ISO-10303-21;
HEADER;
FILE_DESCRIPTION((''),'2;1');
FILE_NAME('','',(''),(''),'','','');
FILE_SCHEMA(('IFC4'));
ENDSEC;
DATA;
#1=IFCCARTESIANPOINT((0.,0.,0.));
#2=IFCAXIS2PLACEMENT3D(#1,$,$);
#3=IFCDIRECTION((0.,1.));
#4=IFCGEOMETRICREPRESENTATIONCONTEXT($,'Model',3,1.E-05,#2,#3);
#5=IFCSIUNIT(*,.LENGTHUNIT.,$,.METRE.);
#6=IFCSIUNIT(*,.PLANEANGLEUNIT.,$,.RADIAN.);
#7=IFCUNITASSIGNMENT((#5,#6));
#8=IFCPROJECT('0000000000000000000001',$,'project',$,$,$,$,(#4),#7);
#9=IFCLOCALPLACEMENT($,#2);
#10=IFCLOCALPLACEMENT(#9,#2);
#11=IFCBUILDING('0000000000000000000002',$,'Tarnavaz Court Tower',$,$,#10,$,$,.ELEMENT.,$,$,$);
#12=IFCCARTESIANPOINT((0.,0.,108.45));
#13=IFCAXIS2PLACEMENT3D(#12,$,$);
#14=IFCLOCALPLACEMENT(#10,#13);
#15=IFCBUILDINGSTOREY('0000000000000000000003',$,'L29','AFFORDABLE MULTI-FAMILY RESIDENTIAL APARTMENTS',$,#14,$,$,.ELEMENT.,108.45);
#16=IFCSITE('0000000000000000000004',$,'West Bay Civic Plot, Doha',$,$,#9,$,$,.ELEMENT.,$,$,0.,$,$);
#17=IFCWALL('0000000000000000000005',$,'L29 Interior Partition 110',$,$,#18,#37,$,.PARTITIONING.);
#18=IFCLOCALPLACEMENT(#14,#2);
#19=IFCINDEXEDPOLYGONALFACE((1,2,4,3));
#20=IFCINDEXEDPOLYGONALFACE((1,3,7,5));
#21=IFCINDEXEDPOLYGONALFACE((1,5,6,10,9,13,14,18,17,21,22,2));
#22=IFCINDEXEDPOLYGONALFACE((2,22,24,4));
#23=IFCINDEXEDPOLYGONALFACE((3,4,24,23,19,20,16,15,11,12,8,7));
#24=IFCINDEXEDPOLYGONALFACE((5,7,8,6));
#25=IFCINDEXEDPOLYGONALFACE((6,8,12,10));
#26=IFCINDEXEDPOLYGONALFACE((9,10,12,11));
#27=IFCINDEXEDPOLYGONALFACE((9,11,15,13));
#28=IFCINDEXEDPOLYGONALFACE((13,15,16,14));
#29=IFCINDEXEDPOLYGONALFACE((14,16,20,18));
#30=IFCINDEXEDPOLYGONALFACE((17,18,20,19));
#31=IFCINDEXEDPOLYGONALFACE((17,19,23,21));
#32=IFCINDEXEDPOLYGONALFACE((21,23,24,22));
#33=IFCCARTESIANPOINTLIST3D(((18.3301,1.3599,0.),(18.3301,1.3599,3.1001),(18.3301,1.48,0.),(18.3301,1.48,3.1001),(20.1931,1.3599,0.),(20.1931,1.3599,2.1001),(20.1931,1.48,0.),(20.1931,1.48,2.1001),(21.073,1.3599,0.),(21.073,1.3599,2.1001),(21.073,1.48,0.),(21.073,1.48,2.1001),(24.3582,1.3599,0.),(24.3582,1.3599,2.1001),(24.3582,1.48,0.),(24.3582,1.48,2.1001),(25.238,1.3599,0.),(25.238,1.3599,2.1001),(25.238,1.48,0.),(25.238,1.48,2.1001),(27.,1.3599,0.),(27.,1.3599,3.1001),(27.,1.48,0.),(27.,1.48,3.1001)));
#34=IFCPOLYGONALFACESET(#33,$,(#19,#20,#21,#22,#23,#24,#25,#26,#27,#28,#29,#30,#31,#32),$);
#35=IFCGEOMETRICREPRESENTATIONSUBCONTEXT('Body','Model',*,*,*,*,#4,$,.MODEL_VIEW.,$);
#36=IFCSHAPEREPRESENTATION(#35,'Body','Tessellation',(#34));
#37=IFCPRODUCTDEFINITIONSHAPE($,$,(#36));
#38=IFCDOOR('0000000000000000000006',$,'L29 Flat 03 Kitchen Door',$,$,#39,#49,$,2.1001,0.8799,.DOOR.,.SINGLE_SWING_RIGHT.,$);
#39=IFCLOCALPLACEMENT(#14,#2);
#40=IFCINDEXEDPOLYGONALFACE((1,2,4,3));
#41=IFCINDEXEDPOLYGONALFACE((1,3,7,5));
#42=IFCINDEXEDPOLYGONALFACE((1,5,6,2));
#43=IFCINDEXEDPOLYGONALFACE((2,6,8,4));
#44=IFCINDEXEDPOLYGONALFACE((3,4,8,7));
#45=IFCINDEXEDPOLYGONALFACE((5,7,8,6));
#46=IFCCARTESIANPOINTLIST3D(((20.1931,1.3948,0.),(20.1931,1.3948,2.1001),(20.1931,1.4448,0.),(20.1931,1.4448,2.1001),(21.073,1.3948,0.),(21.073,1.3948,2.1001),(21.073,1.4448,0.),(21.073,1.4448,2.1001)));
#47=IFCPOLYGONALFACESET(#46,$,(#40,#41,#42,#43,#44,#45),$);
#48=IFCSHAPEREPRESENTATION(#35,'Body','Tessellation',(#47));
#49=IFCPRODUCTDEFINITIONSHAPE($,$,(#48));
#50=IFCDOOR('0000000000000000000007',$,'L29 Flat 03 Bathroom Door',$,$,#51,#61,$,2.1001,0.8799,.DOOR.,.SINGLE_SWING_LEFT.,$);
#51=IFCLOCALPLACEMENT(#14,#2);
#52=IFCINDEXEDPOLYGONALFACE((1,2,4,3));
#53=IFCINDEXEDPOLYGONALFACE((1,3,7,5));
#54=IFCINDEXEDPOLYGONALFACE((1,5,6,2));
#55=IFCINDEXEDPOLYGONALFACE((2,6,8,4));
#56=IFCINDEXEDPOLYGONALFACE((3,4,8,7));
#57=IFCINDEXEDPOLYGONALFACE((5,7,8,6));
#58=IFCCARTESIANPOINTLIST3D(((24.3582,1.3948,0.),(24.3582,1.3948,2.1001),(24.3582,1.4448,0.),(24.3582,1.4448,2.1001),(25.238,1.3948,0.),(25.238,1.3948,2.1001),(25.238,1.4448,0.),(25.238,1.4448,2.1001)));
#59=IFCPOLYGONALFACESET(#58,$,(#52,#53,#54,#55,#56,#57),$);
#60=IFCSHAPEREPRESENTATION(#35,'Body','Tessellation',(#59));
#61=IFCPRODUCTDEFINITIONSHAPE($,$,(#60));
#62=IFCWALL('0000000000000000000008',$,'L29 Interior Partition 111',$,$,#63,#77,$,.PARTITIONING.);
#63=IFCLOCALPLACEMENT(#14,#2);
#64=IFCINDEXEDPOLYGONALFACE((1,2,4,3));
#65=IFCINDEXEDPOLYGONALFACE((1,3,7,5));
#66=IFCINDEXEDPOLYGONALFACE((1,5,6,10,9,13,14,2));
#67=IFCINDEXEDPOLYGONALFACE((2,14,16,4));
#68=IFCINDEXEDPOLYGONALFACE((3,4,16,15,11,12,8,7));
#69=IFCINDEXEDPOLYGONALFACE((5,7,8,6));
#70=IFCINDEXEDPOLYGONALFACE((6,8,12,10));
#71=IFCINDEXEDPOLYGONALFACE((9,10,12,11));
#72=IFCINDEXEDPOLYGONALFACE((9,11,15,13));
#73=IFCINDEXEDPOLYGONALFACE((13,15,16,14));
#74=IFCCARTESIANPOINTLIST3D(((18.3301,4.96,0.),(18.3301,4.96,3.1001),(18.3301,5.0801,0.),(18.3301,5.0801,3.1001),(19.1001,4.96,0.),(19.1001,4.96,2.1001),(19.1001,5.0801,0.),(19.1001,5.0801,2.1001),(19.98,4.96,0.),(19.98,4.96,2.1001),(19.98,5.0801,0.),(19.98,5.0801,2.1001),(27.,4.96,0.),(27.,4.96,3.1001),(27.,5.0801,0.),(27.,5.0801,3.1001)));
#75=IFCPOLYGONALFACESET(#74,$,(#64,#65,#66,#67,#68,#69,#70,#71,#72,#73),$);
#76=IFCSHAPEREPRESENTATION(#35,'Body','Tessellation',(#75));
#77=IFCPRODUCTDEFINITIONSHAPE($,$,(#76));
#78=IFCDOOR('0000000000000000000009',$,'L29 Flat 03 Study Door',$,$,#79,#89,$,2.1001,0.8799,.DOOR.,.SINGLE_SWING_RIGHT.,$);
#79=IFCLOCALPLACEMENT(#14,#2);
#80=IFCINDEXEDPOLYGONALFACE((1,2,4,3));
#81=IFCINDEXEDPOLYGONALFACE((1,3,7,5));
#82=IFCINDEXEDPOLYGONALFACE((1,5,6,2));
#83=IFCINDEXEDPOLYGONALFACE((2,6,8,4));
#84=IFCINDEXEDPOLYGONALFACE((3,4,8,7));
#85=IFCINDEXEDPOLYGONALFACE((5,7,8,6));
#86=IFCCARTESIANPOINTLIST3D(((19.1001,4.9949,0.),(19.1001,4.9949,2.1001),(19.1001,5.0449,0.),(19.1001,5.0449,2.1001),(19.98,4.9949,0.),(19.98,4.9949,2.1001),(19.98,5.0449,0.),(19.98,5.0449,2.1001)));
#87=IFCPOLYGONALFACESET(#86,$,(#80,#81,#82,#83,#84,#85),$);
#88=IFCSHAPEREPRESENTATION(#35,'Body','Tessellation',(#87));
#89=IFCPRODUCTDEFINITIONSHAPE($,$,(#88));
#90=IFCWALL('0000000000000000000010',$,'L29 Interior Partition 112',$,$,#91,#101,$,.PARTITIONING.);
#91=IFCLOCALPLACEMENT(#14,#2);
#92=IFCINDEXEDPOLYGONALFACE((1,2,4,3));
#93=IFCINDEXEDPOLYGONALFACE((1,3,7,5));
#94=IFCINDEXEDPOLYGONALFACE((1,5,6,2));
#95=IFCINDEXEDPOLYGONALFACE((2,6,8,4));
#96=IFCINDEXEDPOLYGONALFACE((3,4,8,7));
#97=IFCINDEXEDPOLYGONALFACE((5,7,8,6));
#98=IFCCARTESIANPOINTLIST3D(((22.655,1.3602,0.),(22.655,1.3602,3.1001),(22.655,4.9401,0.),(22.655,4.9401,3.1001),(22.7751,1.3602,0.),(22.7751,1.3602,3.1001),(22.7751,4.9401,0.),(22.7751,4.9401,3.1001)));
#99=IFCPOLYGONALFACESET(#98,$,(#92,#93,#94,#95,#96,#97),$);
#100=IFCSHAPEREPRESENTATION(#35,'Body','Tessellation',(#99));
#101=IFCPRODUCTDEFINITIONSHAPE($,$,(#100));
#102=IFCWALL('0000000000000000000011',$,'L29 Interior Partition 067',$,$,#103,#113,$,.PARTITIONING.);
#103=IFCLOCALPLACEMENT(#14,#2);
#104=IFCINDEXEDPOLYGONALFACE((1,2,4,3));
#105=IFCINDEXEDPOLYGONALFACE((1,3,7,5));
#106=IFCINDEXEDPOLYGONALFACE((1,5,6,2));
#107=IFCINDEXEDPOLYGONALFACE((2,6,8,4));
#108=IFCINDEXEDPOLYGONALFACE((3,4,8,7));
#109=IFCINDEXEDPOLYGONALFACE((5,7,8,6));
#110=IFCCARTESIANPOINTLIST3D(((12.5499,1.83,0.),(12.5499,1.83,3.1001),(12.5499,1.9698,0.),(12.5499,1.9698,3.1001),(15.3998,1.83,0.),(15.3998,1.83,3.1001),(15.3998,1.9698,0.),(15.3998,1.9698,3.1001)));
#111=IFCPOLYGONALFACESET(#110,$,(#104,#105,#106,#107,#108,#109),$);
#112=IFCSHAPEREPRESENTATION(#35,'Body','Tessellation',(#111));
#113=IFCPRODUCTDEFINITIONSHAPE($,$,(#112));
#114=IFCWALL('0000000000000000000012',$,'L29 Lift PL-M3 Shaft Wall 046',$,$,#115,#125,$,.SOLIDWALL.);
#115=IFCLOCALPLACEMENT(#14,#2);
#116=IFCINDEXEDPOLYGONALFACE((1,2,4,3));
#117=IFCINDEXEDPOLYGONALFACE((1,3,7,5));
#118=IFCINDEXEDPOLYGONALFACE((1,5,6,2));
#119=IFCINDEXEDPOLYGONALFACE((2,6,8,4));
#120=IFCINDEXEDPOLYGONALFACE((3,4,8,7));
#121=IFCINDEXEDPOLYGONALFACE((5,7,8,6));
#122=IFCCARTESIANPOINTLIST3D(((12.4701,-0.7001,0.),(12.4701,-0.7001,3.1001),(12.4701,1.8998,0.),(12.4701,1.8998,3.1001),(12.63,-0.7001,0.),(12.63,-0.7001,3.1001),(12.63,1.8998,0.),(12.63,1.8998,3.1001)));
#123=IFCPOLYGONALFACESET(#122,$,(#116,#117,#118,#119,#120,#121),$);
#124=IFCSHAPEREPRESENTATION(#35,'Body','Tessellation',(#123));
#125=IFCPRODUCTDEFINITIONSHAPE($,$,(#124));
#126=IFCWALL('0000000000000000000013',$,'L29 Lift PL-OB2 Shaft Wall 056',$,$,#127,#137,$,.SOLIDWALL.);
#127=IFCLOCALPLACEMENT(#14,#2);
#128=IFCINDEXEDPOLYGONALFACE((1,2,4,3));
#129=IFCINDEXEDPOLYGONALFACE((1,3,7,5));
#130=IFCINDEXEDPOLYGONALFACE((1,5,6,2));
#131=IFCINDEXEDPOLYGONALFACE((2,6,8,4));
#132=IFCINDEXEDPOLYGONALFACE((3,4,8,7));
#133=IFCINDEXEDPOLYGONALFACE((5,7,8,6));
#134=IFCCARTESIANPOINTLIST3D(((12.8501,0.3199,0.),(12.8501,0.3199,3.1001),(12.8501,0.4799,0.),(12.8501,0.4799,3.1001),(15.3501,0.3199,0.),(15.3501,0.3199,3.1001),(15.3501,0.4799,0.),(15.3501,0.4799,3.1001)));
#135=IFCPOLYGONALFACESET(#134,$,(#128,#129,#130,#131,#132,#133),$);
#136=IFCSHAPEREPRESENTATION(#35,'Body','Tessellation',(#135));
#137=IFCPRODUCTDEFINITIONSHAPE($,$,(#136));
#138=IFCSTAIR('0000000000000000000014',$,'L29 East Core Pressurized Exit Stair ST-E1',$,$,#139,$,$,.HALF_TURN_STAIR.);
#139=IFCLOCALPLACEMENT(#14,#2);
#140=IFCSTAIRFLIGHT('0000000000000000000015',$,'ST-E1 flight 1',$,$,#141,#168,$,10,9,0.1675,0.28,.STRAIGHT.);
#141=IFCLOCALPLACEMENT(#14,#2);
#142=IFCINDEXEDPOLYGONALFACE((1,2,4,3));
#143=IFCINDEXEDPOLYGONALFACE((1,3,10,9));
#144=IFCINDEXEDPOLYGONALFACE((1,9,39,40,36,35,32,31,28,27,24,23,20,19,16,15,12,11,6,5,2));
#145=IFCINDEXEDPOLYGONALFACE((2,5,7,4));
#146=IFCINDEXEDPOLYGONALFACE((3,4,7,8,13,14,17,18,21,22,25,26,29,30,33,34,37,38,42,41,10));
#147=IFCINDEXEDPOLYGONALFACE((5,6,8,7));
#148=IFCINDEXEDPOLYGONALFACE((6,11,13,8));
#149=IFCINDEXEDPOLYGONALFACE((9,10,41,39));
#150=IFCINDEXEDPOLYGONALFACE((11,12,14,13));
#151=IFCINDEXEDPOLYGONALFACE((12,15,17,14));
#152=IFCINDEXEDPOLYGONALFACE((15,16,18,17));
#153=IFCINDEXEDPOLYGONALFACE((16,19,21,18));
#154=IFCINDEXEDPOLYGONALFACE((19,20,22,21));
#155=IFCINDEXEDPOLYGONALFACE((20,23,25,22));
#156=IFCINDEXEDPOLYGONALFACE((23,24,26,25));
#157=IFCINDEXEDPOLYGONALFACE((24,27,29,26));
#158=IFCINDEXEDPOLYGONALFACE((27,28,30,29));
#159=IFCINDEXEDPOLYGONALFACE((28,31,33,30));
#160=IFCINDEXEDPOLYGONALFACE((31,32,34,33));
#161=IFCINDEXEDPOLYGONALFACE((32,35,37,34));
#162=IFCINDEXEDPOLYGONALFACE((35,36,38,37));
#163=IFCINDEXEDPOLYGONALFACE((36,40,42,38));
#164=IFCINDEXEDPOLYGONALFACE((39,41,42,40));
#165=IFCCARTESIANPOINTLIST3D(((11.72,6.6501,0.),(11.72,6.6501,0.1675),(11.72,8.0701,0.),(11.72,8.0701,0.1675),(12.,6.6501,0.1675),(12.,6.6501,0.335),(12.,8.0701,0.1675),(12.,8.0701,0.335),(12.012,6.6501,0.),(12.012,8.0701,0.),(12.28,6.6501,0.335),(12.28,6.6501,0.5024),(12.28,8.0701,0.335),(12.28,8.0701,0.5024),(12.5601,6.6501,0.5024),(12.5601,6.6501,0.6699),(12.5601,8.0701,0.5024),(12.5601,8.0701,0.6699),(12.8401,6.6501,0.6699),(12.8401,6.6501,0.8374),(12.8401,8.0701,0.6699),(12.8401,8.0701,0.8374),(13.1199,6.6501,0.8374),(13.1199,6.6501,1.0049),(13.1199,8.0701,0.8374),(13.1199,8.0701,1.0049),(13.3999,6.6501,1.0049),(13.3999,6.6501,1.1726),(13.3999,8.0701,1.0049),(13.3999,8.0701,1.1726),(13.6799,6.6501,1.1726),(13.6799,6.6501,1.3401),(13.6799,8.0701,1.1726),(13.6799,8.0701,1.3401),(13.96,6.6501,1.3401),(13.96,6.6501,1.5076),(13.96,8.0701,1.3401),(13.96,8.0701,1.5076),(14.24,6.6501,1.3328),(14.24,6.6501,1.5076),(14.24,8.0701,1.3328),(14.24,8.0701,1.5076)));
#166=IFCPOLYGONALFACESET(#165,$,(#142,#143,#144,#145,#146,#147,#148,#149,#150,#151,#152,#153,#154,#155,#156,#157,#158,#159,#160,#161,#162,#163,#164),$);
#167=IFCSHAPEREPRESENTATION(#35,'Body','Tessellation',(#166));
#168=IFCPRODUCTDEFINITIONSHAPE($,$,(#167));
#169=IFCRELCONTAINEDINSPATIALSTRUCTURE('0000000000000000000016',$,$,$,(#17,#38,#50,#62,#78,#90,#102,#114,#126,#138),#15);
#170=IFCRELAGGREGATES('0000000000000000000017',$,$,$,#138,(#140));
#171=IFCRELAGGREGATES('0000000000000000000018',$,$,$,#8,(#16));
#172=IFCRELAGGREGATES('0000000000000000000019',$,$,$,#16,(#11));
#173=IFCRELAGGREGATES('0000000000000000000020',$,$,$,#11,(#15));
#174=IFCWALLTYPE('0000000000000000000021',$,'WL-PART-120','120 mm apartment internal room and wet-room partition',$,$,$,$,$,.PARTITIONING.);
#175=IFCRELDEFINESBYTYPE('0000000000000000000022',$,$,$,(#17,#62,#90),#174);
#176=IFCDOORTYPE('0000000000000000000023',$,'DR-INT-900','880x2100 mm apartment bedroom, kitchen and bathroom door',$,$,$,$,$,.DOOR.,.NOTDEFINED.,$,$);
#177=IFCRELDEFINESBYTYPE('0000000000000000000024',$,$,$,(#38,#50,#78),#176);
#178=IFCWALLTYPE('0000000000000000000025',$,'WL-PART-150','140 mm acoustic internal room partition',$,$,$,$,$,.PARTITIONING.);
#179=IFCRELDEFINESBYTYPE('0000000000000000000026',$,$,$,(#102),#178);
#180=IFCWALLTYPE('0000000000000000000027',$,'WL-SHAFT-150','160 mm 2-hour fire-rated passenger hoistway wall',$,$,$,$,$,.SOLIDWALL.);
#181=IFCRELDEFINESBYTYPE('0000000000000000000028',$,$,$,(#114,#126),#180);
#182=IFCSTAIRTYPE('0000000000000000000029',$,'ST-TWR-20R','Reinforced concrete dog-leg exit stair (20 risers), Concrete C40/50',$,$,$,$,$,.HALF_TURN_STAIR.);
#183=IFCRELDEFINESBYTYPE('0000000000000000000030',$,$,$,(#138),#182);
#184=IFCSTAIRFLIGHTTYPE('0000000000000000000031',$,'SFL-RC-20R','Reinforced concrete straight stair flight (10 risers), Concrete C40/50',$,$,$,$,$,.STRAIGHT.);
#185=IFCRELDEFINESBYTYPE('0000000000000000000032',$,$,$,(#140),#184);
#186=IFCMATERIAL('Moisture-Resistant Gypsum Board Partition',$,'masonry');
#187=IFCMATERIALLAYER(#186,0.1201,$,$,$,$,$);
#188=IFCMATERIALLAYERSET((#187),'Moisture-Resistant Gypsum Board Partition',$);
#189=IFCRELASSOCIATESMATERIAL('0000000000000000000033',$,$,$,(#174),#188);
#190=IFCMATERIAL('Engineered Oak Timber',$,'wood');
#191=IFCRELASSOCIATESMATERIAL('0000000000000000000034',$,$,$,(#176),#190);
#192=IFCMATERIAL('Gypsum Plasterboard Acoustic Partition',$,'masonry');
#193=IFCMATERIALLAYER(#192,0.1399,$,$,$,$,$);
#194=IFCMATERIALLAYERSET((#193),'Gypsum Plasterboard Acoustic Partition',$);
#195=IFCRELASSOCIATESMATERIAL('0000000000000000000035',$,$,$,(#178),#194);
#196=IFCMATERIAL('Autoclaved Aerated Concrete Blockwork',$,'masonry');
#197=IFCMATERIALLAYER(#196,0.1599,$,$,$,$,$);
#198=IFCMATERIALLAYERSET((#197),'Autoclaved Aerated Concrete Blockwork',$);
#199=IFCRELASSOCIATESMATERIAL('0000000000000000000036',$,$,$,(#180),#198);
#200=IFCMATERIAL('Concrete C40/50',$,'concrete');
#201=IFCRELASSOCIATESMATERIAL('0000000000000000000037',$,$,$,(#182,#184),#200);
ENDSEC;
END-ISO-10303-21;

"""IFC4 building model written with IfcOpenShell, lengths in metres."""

from ifc_helpers import new_model, si_unit, direction, frame, frame_2d, origin, place, context, subcontext, project, spatial, polyline, rectangle, outline, extrude, material, layer, layer_set, type_object, element, fill, aggregate, save


model = new_model("IFC4")

# Units and contexts
model_context = context("Model", 3, precision=1e-05, world=origin(), true_north=direction((0.0, 1.0)))
body_context = subcontext(model_context, "Body", "Model", "MODEL_VIEW")
ifc_project = project(units=[si_unit("LENGTHUNIT", "METRE"), si_unit("PLANEANGLEUNIT", "RADIAN")], contexts=[model_context])

# Site, building, storey
site_placement = place(None, origin())
site = spatial("IfcSite", under=ifc_project, at=site_placement, Name="West Bay Civic Plot, Doha", CompositionType="ELEMENT", RefElevation=0.0)
building_placement = place(site_placement, origin())
building = spatial("IfcBuilding", under=site, at=building_placement, Name="Tarnavaz Court Tower", CompositionType="ELEMENT")
storey_placement = place(building_placement, frame((0.0, 0.0, 108.45)))
storey = spatial("IfcBuildingStorey", under=building, at=storey_placement, Name="L29", Description="AFFORDABLE MULTI-FAMILY RESIDENTIAL APARTMENTS", CompositionType="ELEMENT", Elevation=108.45)

# Wall, openings, doors
ifc_material_1 = material(Name="Moisture-Resistant Gypsum Board Partition", Category="masonry")
ifc_layer_1 = layer(ifc_material_1, 0.1201)
ifc_layer_set_1 = layer_set([ifc_layer_1], Name="Moisture-Resistant Gypsum Board Partition")
wall_type_1 = type_object("IfcWallType", Name="WL-PART-120", Description="120 mm apartment internal room and wet-room partition", PredefinedType="PARTITIONING", material=ifc_layer_set_1)
wall_1_placement = place(storey_placement, frame((18.3301, 1.4199, 0.0), z_axis=(0.0, 0.0, 1.0), x_axis=(1.0, 0.0, 0.0)))
wall_1 = element("IfcWall", 1, at=wall_1_placement, inside=storey, type_object=wall_type_1, Name="L29 Interior Partition 110", PredefinedType="PARTITIONING", context=body_context, shape_type="SweptSolid", body=[
    extrude(rectangle(XDim=8.6699, YDim=0.1201, at=frame_2d((4.335, 0.0))), origin(), (0.0, 0.0, 1.0), 3.1001),
])
opening_1_placement = place(wall_1_placement, frame((1.863, 0.0, 0.0)))
opening_1 = element("IfcOpeningElement", 2, at=opening_1_placement, cuts=wall_1, PredefinedType="OPENING", context=body_context, shape_type="SweptSolid", body=[
    extrude(rectangle(XDim=0.8799, YDim=2.1001, at=frame_2d((0.4399, 1.05))), frame((0.0, 0.0701, 0.0), z_axis=(0.0, -1.0, 0.0), x_axis=(1.0, 0.0, 0.0)), (0.0, 0.0, 1.0), 0.1401),
])
opening_2_placement = place(wall_1_placement, frame((6.0281, 0.0, 0.0)))
opening_2 = element("IfcOpeningElement", 3, at=opening_2_placement, cuts=wall_1, PredefinedType="OPENING", context=body_context, shape_type="SweptSolid", body=[
    extrude(rectangle(XDim=0.8799, YDim=2.1001, at=frame_2d((0.4399, 1.05))), frame((0.0, 0.0701, 0.0), z_axis=(0.0, -1.0, 0.0), x_axis=(1.0, 0.0, 0.0)), (0.0, 0.0, 1.0), 0.1401),
])
ifc_material_2 = material(Name="Engineered Oak Timber", Category="wood")
door_type_1 = type_object("IfcDoorType", Name="DR-INT-900", Description="880x2100 mm apartment bedroom, kitchen and bathroom door", OperationType="NOTDEFINED", PredefinedType="DOOR", material=ifc_material_2)
door_1_placement = place(opening_1_placement, origin())
door_1 = element("IfcDoor", 4, at=door_1_placement, inside=storey, type_object=door_type_1, Name="L29 Flat 03 Kitchen Door", OperationType="SINGLE_SWING_RIGHT", OverallHeight=2.1001, OverallWidth=0.8799, PredefinedType="DOOR", context=body_context, shape_type="SweptSolid", body=[
    extrude(rectangle(XDim=0.8799, YDim=2.1001, at=frame_2d((0.4399, 1.05))), frame((0.0, 0.0249, 0.0), z_axis=(0.0, -1.0, 0.0), x_axis=(1.0, 0.0, 0.0)), (0.0, 0.0, 1.0), 0.05),
])
fill(opening_1, door_1)
door_2_placement = place(opening_2_placement, origin())
door_2 = element("IfcDoor", 5, at=door_2_placement, inside=storey, type_object=door_type_1, Name="L29 Flat 03 Bathroom Door", OperationType="SINGLE_SWING_LEFT", OverallHeight=2.1001, OverallWidth=0.8799, PredefinedType="DOOR", context=body_context, shape_type="SweptSolid", body=[
    extrude(rectangle(XDim=0.8799, YDim=2.1001, at=frame_2d((0.4399, 1.05))), frame((0.0, 0.0249, 0.0), z_axis=(0.0, -1.0, 0.0), x_axis=(1.0, 0.0, 0.0)), (0.0, 0.0, 1.0), 0.05),
])
fill(opening_2, door_2)

# Wall, opening, door
wall_2_placement = place(storey_placement, frame((18.3301, 5.02, 0.0), z_axis=(0.0, 0.0, 1.0), x_axis=(1.0, 0.0, 0.0)))
wall_2 = element("IfcWall", 6, at=wall_2_placement, inside=storey, type_object=wall_type_1, Name="L29 Interior Partition 111", PredefinedType="PARTITIONING", context=body_context, shape_type="SweptSolid", body=[
    extrude(rectangle(XDim=8.6699, YDim=0.1201, at=frame_2d((4.335, 0.0))), origin(), (0.0, 0.0, 1.0), 3.1001),
])
opening_3_placement = place(wall_2_placement, frame((0.77, 0.0, 0.0)))
opening_3 = element("IfcOpeningElement", 7, at=opening_3_placement, cuts=wall_2, PredefinedType="OPENING", context=body_context, shape_type="SweptSolid", body=[
    extrude(rectangle(XDim=0.8799, YDim=2.1001, at=frame_2d((0.4399, 1.05))), frame((0.0, 0.0701, 0.0), z_axis=(0.0, -1.0, 0.0), x_axis=(1.0, 0.0, 0.0)), (0.0, 0.0, 1.0), 0.1401),
])
door_3_placement = place(opening_3_placement, origin())
door_3 = element("IfcDoor", 8, at=door_3_placement, inside=storey, type_object=door_type_1, Name="L29 Flat 03 Study Door", OperationType="SINGLE_SWING_RIGHT", OverallHeight=2.1001, OverallWidth=0.8799, PredefinedType="DOOR", context=body_context, shape_type="SweptSolid", body=[
    extrude(rectangle(XDim=0.8799, YDim=2.1001, at=frame_2d((0.4399, 1.05))), frame((0.0, 0.0249, 0.0), z_axis=(0.0, -1.0, 0.0), x_axis=(1.0, 0.0, 0.0)), (0.0, 0.0, 1.0), 0.05),
])
fill(opening_3, door_3)

# Walls
wall_3_placement = place(storey_placement, frame((22.7151, 1.3601, 0.0), z_axis=(0.0, 0.0, 1.0), x_axis=(0.0, 1.0, 0.0)))
element("IfcWall", 9, at=wall_3_placement, inside=storey, type_object=wall_type_1, Name="L29 Interior Partition 112", PredefinedType="PARTITIONING", context=body_context, shape_type="SweptSolid", body=[
    extrude(rectangle(XDim=3.5798, YDim=0.1201, at=frame_2d((1.79, 0.0))), origin(), (0.0, 0.0, 1.0), 3.1001),
])
ifc_material_3 = material(Name="Gypsum Plasterboard Acoustic Partition", Category="masonry")
ifc_layer_2 = layer(ifc_material_3, 0.1399)
ifc_layer_set_2 = layer_set([ifc_layer_2], Name="Gypsum Plasterboard Acoustic Partition")
wall_type_2 = type_object("IfcWallType", Name="WL-PART-150", Description="140 mm acoustic internal room partition", PredefinedType="PARTITIONING", material=ifc_layer_set_2)
wall_4_placement = place(storey_placement, frame((12.55, 1.8999, 0.0), z_axis=(0.0, 0.0, 1.0), x_axis=(1.0, 0.0, 0.0)))
element("IfcWall", 10, at=wall_4_placement, inside=storey, type_object=wall_type_2, Name="L29 Interior Partition 067", PredefinedType="PARTITIONING", context=body_context, shape_type="SweptSolid", body=[
    extrude(rectangle(XDim=2.8499, YDim=0.1399, at=frame_2d((1.4248, 0.0))), origin(), (0.0, 0.0, 1.0), 3.1001),
])
ifc_material_4 = material(Name="Autoclaved Aerated Concrete Blockwork", Category="masonry")
ifc_layer_3 = layer(ifc_material_4, 0.1599)
ifc_layer_set_3 = layer_set([ifc_layer_3], Name="Autoclaved Aerated Concrete Blockwork")
wall_type_3 = type_object("IfcWallType", Name="WL-SHAFT-150", Description="160 mm 2-hour fire-rated passenger hoistway wall", PredefinedType="SOLIDWALL", material=ifc_layer_set_3)
wall_5_placement = place(storey_placement, frame((12.55, -0.7, 0.0), z_axis=(0.0, 0.0, 1.0), x_axis=(0.0, 1.0, 0.0)))
element("IfcWall", 11, at=wall_5_placement, inside=storey, type_object=wall_type_3, Name="L29 Lift PL-M3 Shaft Wall 046", PredefinedType="SOLIDWALL", context=body_context, shape_type="SweptSolid", body=[
    extrude(rectangle(XDim=2.5999, YDim=0.1599, at=frame_2d((1.2998, 0.0))), origin(), (0.0, 0.0, 1.0), 3.1001),
])
wall_6_placement = place(storey_placement, frame((12.8501, 0.3999, 0.0), z_axis=(0.0, 0.0, 1.0), x_axis=(1.0, 0.0, 0.0)))
element("IfcWall", 12, at=wall_6_placement, inside=storey, type_object=wall_type_3, Name="L29 Lift PL-OB2 Shaft Wall 056", PredefinedType="SOLIDWALL", context=body_context, shape_type="SweptSolid", body=[
    extrude(rectangle(XDim=2.5, YDim=0.1599, at=frame_2d((1.25, 0.0))), origin(), (0.0, 0.0, 1.0), 3.1001),
])

# Stair, stair flight
ifc_material_5 = material(Name="Concrete C40/50", Category="concrete")
stair_type = type_object("IfcStairType", Name="ST-TWR-20R", Description="Reinforced concrete dog-leg exit stair (20 risers), Concrete C40/50", PredefinedType="HALF_TURN_STAIR", material=ifc_material_5)
stair_placement = place(storey_placement, origin())
stair = element("IfcStair", 13, at=stair_placement, inside=storey, type_object=stair_type, Name="L29 East Core Pressurized Exit Stair ST-E1", PredefinedType="HALF_TURN_STAIR")
stair_flight_type = type_object("IfcStairFlightType", Name="SFL-RC-20R", Description="Reinforced concrete straight stair flight (10 risers), Concrete C40/50", PredefinedType="STRAIGHT", material=ifc_material_5)
stair_flight_1_placement = place(storey_placement, frame((11.72, 7.3601, 0.0), z_axis=(0.0, 0.0, 1.0), x_axis=(1.0, 0.0, 0.0)))
stair_flight_1 = element("IfcStairFlight", 14, at=stair_flight_1_placement, type_object=stair_flight_type, Name="ST-E1 flight 1", NumberOfRisers=10, NumberOfTreads=9, PredefinedType="STRAIGHT", RiserHeight=0.1675, TreadLength=0.28, context=body_context, shape_type="SweptSolid", body=[
    extrude(outline(polyline([(0.0, 0.0), (0.0, 0.1675), (0.28, 0.1675), (0.28, 0.335), (0.5601, 0.335), (0.5601, 0.5024), (0.8401, 0.5024), (0.8401, 0.6699), (1.1201, 0.6699), (1.1201, 0.8374), (1.3999, 0.8374), (1.3999, 1.0049), (1.6799, 1.0049), (1.6799, 1.1726), (1.96, 1.1726), (1.96, 1.3401), (2.24, 1.3401), (2.24, 1.5076), (2.52, 1.5076), (2.52, 1.675), (2.52, 1.3328), (0.292, 0.0), (0.0, 0.0)])), frame((0.0, 0.71, 0.0), z_axis=(0.0, -1.0, 0.0), x_axis=(1.0, 0.0, 0.0)), (0.0, 0.0, 1.0), 1.4199),
])
aggregate(stair, [stair_flight_1])

save(model, "model.ifc")
